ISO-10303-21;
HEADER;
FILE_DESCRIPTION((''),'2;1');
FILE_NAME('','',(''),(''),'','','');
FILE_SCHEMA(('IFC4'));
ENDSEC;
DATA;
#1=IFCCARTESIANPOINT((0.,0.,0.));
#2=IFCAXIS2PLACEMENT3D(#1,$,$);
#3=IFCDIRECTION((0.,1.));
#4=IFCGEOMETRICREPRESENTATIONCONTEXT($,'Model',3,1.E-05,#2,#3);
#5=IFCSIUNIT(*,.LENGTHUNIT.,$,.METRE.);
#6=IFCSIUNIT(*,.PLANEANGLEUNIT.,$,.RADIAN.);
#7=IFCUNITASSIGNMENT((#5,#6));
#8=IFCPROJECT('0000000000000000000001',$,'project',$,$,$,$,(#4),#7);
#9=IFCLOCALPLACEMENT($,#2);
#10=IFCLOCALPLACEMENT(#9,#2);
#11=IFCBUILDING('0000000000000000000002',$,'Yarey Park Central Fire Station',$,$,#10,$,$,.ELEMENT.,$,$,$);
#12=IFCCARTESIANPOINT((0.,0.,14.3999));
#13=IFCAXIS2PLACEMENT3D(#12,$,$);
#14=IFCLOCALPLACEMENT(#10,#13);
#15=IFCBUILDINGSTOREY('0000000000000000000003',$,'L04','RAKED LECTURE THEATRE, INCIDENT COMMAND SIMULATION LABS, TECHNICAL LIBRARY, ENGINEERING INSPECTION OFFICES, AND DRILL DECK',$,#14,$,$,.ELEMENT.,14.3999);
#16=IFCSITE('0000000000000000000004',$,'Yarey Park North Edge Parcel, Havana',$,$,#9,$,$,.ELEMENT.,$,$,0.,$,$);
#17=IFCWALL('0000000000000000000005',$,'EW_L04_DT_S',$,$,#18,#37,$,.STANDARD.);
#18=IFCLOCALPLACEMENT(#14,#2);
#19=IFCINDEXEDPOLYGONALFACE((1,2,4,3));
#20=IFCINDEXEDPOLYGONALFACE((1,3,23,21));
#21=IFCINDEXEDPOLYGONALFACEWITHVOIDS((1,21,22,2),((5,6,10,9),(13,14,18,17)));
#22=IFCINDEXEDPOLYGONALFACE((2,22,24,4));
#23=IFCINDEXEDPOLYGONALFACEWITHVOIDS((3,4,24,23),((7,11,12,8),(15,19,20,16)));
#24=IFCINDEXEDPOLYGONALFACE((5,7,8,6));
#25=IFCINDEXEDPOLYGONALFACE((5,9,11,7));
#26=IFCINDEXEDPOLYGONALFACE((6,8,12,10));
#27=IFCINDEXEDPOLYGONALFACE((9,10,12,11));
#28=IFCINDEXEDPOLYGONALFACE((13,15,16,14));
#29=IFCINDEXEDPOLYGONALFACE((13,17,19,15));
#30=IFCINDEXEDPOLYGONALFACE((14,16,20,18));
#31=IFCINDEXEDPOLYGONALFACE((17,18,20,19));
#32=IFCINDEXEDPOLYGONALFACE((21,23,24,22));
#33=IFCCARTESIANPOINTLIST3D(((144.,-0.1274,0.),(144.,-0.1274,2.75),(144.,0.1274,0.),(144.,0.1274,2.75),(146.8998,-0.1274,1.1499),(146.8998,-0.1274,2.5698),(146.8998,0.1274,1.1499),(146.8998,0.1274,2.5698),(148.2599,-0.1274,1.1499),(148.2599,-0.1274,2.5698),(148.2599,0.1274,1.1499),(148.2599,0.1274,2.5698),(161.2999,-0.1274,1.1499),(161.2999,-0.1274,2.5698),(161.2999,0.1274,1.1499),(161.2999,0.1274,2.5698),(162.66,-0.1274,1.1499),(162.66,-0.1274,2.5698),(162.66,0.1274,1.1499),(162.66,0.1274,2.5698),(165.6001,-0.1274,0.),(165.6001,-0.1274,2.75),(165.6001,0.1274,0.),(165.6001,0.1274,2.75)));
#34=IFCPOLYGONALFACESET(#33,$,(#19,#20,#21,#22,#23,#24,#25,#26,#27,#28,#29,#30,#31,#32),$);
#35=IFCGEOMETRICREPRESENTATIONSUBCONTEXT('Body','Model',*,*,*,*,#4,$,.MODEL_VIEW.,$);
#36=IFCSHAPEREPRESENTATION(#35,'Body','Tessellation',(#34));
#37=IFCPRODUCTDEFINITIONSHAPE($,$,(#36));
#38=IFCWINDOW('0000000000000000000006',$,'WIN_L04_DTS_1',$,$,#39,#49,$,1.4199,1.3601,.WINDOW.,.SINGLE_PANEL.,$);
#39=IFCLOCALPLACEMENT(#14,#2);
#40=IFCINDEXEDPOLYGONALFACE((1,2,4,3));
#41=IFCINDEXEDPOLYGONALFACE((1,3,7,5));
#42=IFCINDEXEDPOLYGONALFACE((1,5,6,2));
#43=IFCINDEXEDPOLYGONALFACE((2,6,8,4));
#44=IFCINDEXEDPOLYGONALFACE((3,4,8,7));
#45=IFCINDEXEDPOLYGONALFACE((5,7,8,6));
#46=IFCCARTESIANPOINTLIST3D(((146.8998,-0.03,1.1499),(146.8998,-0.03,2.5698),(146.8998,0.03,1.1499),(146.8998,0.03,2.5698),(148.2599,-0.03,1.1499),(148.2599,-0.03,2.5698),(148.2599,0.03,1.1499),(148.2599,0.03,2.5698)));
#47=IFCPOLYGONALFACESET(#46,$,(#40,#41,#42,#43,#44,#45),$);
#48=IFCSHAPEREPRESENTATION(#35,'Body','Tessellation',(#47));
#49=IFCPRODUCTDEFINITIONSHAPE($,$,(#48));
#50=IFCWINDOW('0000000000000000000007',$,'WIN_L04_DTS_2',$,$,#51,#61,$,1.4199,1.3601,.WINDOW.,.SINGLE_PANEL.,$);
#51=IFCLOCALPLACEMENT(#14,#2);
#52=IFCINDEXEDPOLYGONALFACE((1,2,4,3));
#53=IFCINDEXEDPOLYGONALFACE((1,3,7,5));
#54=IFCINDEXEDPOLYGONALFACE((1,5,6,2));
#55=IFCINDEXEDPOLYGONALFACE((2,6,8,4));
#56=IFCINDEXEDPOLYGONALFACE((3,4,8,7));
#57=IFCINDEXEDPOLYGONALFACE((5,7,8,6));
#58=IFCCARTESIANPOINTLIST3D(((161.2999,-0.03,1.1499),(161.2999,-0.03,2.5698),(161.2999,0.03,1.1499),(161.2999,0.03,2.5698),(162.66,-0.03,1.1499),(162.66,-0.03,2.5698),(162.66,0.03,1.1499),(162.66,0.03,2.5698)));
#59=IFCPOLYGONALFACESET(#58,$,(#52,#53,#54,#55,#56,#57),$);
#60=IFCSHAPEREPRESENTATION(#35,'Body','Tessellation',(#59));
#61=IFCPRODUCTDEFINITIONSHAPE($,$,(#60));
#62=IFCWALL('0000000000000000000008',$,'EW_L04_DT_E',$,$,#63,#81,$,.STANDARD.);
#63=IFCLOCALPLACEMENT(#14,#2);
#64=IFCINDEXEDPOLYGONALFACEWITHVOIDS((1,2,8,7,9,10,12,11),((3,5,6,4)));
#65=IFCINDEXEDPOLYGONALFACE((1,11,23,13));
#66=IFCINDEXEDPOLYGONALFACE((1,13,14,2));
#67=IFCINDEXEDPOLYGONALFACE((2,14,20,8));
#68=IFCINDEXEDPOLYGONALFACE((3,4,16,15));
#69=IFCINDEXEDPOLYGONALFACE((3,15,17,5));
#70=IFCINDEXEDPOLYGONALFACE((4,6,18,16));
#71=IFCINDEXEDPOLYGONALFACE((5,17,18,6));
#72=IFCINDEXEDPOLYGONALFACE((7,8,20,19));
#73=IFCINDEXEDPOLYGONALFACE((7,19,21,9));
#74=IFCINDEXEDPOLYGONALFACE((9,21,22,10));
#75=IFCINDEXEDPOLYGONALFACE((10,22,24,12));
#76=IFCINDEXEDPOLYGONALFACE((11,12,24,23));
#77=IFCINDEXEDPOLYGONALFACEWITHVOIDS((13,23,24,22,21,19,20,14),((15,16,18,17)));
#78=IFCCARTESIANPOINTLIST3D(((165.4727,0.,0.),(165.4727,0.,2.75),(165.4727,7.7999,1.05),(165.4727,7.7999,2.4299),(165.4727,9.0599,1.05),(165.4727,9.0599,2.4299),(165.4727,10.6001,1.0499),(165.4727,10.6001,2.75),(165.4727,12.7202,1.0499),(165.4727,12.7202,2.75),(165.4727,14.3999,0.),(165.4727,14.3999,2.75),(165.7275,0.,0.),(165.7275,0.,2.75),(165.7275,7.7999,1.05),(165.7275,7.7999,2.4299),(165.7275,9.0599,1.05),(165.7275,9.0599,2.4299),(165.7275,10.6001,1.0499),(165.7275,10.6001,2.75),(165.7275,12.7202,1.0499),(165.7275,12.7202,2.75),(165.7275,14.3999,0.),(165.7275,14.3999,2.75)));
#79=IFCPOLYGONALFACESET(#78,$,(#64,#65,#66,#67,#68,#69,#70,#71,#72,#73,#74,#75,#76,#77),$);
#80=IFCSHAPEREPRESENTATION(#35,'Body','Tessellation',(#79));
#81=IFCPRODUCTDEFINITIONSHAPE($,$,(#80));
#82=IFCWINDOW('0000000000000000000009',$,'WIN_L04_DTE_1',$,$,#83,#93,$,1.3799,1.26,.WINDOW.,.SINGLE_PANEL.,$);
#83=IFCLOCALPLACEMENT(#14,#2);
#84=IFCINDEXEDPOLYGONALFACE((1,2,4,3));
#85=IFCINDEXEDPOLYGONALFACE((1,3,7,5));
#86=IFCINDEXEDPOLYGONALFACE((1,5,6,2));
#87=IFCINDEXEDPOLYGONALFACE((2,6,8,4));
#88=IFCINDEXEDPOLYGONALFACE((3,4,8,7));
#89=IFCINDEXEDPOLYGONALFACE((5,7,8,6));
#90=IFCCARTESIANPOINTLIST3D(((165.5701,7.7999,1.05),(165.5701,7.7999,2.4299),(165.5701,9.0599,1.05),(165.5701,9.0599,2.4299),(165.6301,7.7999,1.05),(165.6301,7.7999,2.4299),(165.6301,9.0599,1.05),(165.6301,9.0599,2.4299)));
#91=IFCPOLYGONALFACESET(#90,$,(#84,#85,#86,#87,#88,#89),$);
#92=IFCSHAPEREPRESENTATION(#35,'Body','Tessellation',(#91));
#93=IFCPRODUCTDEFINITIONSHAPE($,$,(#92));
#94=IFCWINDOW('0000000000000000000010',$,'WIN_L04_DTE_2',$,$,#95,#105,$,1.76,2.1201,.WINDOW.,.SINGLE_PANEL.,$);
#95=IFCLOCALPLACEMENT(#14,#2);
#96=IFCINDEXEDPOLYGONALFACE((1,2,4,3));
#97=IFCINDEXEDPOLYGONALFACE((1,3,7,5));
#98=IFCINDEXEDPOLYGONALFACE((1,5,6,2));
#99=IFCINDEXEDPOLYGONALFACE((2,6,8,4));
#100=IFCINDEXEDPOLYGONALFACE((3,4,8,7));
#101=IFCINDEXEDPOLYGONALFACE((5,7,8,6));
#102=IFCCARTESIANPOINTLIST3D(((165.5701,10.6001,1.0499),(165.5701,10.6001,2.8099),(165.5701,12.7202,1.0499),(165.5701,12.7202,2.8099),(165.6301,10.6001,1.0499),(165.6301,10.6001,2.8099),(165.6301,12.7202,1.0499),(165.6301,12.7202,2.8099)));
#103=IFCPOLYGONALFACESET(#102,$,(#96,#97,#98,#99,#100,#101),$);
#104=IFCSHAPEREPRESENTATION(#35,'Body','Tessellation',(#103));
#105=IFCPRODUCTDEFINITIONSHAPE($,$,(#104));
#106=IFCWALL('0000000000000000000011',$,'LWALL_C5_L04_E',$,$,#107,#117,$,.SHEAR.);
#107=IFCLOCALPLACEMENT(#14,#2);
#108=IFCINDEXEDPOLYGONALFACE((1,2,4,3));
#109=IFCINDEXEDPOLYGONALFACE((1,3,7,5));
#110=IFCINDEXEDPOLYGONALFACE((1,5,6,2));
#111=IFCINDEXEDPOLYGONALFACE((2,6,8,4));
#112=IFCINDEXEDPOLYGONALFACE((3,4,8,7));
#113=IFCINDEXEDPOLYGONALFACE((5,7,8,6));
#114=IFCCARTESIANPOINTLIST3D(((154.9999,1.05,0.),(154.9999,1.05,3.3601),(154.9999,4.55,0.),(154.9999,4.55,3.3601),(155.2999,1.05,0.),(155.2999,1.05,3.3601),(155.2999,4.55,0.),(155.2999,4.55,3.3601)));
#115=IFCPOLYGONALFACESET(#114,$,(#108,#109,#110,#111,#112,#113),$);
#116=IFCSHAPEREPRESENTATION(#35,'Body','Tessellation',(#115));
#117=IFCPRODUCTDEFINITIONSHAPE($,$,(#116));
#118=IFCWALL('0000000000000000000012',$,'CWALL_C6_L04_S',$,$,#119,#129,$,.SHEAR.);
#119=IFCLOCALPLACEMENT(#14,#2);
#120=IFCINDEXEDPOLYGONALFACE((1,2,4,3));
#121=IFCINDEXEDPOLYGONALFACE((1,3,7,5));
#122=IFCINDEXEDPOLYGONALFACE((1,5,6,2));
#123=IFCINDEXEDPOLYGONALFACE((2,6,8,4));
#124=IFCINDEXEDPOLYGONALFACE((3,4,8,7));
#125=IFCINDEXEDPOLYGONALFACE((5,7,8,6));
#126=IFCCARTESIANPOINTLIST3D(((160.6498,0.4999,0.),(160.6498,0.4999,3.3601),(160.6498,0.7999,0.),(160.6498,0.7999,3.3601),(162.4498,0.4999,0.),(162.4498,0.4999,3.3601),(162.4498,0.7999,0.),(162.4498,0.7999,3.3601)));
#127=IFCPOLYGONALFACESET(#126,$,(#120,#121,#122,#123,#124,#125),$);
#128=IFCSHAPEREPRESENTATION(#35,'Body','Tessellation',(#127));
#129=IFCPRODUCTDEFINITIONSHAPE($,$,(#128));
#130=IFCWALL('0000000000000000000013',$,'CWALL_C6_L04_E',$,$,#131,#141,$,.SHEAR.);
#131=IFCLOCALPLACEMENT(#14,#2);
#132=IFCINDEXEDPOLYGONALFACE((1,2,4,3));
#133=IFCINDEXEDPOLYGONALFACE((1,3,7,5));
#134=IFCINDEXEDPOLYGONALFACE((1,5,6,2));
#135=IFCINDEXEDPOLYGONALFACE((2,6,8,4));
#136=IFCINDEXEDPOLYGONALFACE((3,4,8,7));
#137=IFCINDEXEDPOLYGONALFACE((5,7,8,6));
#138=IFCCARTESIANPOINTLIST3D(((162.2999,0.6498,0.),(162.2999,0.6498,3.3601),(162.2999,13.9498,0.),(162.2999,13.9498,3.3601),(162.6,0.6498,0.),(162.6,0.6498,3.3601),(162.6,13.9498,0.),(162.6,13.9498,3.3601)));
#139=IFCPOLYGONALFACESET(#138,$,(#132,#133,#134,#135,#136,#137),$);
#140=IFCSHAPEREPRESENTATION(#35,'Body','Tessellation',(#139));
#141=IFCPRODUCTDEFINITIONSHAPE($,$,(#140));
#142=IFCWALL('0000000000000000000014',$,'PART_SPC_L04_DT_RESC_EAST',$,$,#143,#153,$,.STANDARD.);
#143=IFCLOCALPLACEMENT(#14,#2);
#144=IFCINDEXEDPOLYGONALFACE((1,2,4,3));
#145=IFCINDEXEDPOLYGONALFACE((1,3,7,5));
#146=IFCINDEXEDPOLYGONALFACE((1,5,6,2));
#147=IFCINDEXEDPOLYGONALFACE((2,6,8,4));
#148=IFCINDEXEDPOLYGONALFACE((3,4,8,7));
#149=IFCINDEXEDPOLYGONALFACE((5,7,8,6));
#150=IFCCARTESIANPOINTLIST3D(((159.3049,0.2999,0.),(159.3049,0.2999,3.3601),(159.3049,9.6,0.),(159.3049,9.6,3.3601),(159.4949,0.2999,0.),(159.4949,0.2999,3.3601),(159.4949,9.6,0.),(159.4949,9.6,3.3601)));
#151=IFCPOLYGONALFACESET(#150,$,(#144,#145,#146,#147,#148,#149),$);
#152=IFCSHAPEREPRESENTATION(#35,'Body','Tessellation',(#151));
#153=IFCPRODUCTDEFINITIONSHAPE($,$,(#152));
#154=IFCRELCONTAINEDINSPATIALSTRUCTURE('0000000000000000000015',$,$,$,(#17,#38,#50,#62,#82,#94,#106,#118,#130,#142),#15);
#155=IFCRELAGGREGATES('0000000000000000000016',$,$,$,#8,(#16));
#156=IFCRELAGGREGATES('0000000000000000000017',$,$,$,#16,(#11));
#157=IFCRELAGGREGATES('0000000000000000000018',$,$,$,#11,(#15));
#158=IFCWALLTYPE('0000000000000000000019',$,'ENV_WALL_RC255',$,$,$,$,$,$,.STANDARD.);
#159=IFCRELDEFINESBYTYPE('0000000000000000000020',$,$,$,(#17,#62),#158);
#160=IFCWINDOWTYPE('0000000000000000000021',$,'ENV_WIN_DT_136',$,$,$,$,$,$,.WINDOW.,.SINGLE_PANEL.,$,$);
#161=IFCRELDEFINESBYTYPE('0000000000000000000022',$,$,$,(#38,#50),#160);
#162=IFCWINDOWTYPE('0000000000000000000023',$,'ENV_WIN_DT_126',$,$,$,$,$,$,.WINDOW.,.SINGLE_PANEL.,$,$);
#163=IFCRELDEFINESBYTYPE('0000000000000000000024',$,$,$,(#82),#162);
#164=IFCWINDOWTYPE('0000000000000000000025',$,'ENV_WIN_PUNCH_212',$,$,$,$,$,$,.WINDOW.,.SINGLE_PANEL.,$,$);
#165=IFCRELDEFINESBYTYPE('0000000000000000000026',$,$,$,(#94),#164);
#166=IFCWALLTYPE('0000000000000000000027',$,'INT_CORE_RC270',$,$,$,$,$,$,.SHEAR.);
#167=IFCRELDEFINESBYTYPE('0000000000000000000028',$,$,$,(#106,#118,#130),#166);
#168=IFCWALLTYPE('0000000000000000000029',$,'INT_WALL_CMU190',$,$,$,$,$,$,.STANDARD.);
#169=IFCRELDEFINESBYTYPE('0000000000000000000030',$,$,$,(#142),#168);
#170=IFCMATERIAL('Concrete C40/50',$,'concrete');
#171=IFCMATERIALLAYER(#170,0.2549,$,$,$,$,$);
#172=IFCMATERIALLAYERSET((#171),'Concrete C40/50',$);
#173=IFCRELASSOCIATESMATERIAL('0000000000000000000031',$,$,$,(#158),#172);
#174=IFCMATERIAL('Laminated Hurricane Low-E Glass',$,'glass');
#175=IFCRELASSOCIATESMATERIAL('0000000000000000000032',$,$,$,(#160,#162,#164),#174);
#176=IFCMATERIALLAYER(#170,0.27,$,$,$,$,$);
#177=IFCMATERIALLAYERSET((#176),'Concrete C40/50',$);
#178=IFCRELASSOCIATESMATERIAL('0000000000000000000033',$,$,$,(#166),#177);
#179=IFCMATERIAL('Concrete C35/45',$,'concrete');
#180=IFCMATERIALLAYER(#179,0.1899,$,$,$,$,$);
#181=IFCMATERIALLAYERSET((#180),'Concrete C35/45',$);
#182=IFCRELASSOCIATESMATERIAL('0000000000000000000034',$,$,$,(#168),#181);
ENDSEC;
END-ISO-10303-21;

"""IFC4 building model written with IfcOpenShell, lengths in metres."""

from ifc_helpers import new_model, si_unit, direction, frame, frame_2d, origin, place, context, subcontext, project, spatial, rectangle, extrude, material, layer, layer_set, type_object, element, fill, save


model = new_model("IFC4")

# Units and contexts
model_context = context("Model", 3, precision=1e-05, world=origin(), true_north=direction((0.0, 1.0)))
body_context = subcontext(model_context, "Body", "Model", "MODEL_VIEW")
ifc_project = project(units=[si_unit("LENGTHUNIT", "METRE"), si_unit("PLANEANGLEUNIT", "RADIAN")], contexts=[model_context])

# Site, building, storey
site_placement = place(None, origin())
site = spatial("IfcSite", under=ifc_project, at=site_placement, Name="Yarey Park North Edge Parcel, Havana", CompositionType="ELEMENT", RefElevation=0.0)
building_placement = place(site_placement, origin())
building = spatial("IfcBuilding", under=site, at=building_placement, Name="Yarey Park Central Fire Station", CompositionType="ELEMENT")
storey_placement = place(building_placement, frame((0.0, 0.0, 14.3999)))
storey = spatial("IfcBuildingStorey", under=building, at=storey_placement, Name="L04", Description="RAKED LECTURE THEATRE, INCIDENT COMMAND SIMULATION LABS, TECHNICAL LIBRARY, ENGINEERING INSPECTION OFFICES, AND DRILL DECK", CompositionType="ELEMENT", Elevation=14.3999)

# Walls, openings, windows
ifc_material_1 = material(Name="Concrete C40/50", Category="concrete")
ifc_layer_1 = layer(ifc_material_1, 0.2549)
ifc_layer_set_1 = layer_set([ifc_layer_1], Name="Concrete C40/50")
wall_type_1 = type_object("IfcWallType", Name="ENV_WALL_RC255", PredefinedType="STANDARD", material=ifc_layer_set_1)
wall_1_placement = place(storey_placement, frame((165.6001, 0.0, 0.0), z_axis=(0.0, 0.0, 1.0), x_axis=(-1.0, 0.0, 0.0)))
wall_1 = element("IfcWall", 1, at=wall_1_placement, inside=storey, type_object=wall_type_1, Name="EW_L04_DT_S", PredefinedType="STANDARD", context=body_context, shape_type="SweptSolid", body=[
    extrude(rectangle(XDim=21.6001, YDim=0.2549, at=frame_2d((10.8, 0.0))), origin(), (0.0, 0.0, 1.0), 2.75),
])
opening_1_placement = place(wall_1_placement, frame((17.3401, 0.0, 1.1499)))
opening_1 = element("IfcOpeningElement", 2, at=opening_1_placement, cuts=wall_1, PredefinedType="OPENING", context=body_context, shape_type="SweptSolid", body=[
    extrude(rectangle(XDim=1.3601, YDim=1.4199, at=frame_2d((0.6802, 0.71))), frame((0.0, 0.1375, 0.0), z_axis=(0.0, -1.0, 0.0), x_axis=(1.0, 0.0, 0.0)), (0.0, 0.0, 1.0), 0.2749),
])
opening_2_placement = place(wall_1_placement, frame((2.9399, 0.0, 1.1499)))
opening_2 = element("IfcOpeningElement", 3, at=opening_2_placement, cuts=wall_1, PredefinedType="OPENING", context=body_context, shape_type="SweptSolid", body=[
    extrude(rectangle(XDim=1.3601, YDim=1.4199, at=frame_2d((0.6802, 0.71))), frame((0.0, 0.1375, 0.0), z_axis=(0.0, -1.0, 0.0), x_axis=(1.0, 0.0, 0.0)), (0.0, 0.0, 1.0), 0.2749),
])
ifc_material_2 = material(Name="Laminated Hurricane Low-E Glass", Category="glass")
window_type_1 = type_object("IfcWindowType", Name="ENV_WIN_DT_136", PartitioningType="SINGLE_PANEL", PredefinedType="WINDOW", material=ifc_material_2)
window_1_placement = place(opening_1_placement, origin())
window_1 = element("IfcWindow", 4, at=window_1_placement, inside=storey, type_object=window_type_1, Name="WIN_L04_DTS_1", OverallHeight=1.4199, OverallWidth=1.3601, PartitioningType="SINGLE_PANEL", PredefinedType="WINDOW", context=body_context, shape_type="SweptSolid", body=[
    extrude(rectangle(XDim=1.3601, YDim=1.4199, at=frame_2d((0.6802, 0.71))), frame((0.0, 0.03, 0.0), z_axis=(0.0, -1.0, 0.0), x_axis=(1.0, 0.0, 0.0)), (0.0, 0.0, 1.0), 0.0601),
])
fill(opening_1, window_1)
window_2_placement = place(opening_2_placement, origin())
window_2 = element("IfcWindow", 5, at=window_2_placement, inside=storey, type_object=window_type_1, Name="WIN_L04_DTS_2", OverallHeight=1.4199, OverallWidth=1.3601, PartitioningType="SINGLE_PANEL", PredefinedType="WINDOW", context=body_context, shape_type="SweptSolid", body=[
    extrude(rectangle(XDim=1.3601, YDim=1.4199, at=frame_2d((0.6802, 0.71))), frame((0.0, 0.03, 0.0), z_axis=(0.0, -1.0, 0.0), x_axis=(1.0, 0.0, 0.0)), (0.0, 0.0, 1.0), 0.0601),
])
fill(opening_2, window_2)
wall_2_placement = place(storey_placement, frame((165.6001, 0.0, 0.0), z_axis=(0.0, 0.0, 1.0), x_axis=(0.0, 1.0, 0.0)))
wall_2 = element("IfcWall", 6, at=wall_2_placement, inside=storey, type_object=wall_type_1, Name="EW_L04_DT_E", PredefinedType="STANDARD", context=body_context, shape_type="SweptSolid", body=[
    extrude(rectangle(XDim=14.3999, YDim=0.2549, at=frame_2d((7.2, 0.0))), origin(), (0.0, 0.0, 1.0), 2.75),
])
opening_3_placement = place(wall_2_placement, frame((7.8, 0.0, 1.05)))
opening_3 = element("IfcOpeningElement", 7, at=opening_3_placement, cuts=wall_2, PredefinedType="OPENING", context=body_context, shape_type="SweptSolid", body=[
    extrude(rectangle(XDim=1.26, YDim=1.3799, at=frame_2d((0.6299, 0.6899))), frame((0.0, 0.1375, 0.0), z_axis=(0.0, -1.0, 0.0), x_axis=(1.0, 0.0, 0.0)), (0.0, 0.0, 1.0), 0.2749),
])
opening_4_placement = place(wall_2_placement, frame((10.6001, 0.0, 1.05)))
opening_4 = element("IfcOpeningElement", 8, at=opening_4_placement, cuts=wall_2, PredefinedType="OPENING", context=body_context, shape_type="SweptSolid", body=[
    extrude(rectangle(XDim=2.1201, YDim=1.76, at=frame_2d((1.0601, 0.8799))), frame((0.0, 0.1375, 0.0), z_axis=(0.0, -1.0, 0.0), x_axis=(1.0, 0.0, 0.0)), (0.0, 0.0, 1.0), 0.2749),
])
window_type_2 = type_object("IfcWindowType", Name="ENV_WIN_DT_126", PartitioningType="SINGLE_PANEL", PredefinedType="WINDOW", material=ifc_material_2)
window_3_placement = place(opening_3_placement, origin())
window_3 = element("IfcWindow", 9, at=window_3_placement, inside=storey, type_object=window_type_2, Name="WIN_L04_DTE_1", OverallHeight=1.3799, OverallWidth=1.26, PartitioningType="SINGLE_PANEL", PredefinedType="WINDOW", context=body_context, shape_type="SweptSolid", body=[
    extrude(rectangle(XDim=1.26, YDim=1.3799, at=frame_2d((0.6299, 0.6899))), frame((0.0, 0.03, 0.0), z_axis=(0.0, -1.0, 0.0), x_axis=(1.0, 0.0, 0.0)), (0.0, 0.0, 1.0), 0.0601),
])
fill(opening_3, window_3)
window_type_3 = type_object("IfcWindowType", Name="ENV_WIN_PUNCH_212", PartitioningType="SINGLE_PANEL", PredefinedType="WINDOW", material=ifc_material_2)
window_4_placement = place(opening_4_placement, origin())
window_4 = element("IfcWindow", 10, at=window_4_placement, inside=storey, type_object=window_type_3, Name="WIN_L04_DTE_2", OverallHeight=1.76, OverallWidth=2.1201, PartitioningType="SINGLE_PANEL", PredefinedType="WINDOW", context=body_context, shape_type="SweptSolid", body=[
    extrude(rectangle(XDim=2.1201, YDim=1.76, at=frame_2d((1.0601, 0.8799))), frame((0.0, 0.03, 0.0), z_axis=(0.0, -1.0, 0.0), x_axis=(1.0, 0.0, 0.0)), (0.0, 0.0, 1.0), 0.0601),
])
fill(opening_4, window_4)

# Walls
ifc_layer_2 = layer(ifc_material_1, 0.27)
ifc_layer_set_2 = layer_set([ifc_layer_2], Name="Concrete C40/50")
wall_type_2 = type_object("IfcWallType", Name="INT_CORE_RC270", PredefinedType="SHEAR", material=ifc_layer_set_2)
wall_3_placement = place(storey_placement, frame((155.1499, 1.05, 0.0), z_axis=(0.0, 0.0, 1.0), x_axis=(0.0, 1.0, 0.0)))
element("IfcWall", 11, at=wall_3_placement, inside=storey, type_object=wall_type_2, Name="LWALL_C5_L04_E", PredefinedType="SHEAR", context=body_context, shape_type="SweptSolid", body=[
    extrude(rectangle(XDim=3.5, YDim=0.3, at=frame_2d((1.75, 0.0))), origin(), (0.0, 0.0, 1.0), 3.3601),
])
wall_4_placement = place(storey_placement, frame((160.6499, 0.6499, 0.0), z_axis=(0.0, 0.0, 1.0), x_axis=(1.0, 0.0, 0.0)))
element("IfcWall", 12, at=wall_4_placement, inside=storey, type_object=wall_type_2, Name="CWALL_C6_L04_S", PredefinedType="SHEAR", context=body_context, shape_type="SweptSolid", body=[
    extrude(rectangle(XDim=1.8, YDim=0.3, at=frame_2d((0.8999, 0.0))), origin(), (0.0, 0.0, 1.0), 3.3601),
])
wall_5_placement = place(storey_placement, frame((162.45, 0.6499, 0.0), z_axis=(0.0, 0.0, 1.0), x_axis=(0.0, 1.0, 0.0)))
element("IfcWall", 13, at=wall_5_placement, inside=storey, type_object=wall_type_2, Name="CWALL_C6_L04_E", PredefinedType="SHEAR", context=body_context, shape_type="SweptSolid", body=[
    extrude(rectangle(XDim=13.3, YDim=0.3, at=frame_2d((6.6499, 0.0))), origin(), (0.0, 0.0, 1.0), 3.3601),
])
ifc_material_3 = material(Name="Concrete C35/45", Category="concrete")
ifc_layer_3 = layer(ifc_material_3, 0.1899)
ifc_layer_set_3 = layer_set([ifc_layer_3], Name="Concrete C35/45")
wall_type_3 = type_object("IfcWallType", Name="INT_WALL_CMU190", PredefinedType="STANDARD", material=ifc_layer_set_3)
wall_6_placement = place(storey_placement, frame((159.3999, 0.3, 0.0), z_axis=(0.0, 0.0, 1.0), x_axis=(0.0, 1.0, 0.0)))
element("IfcWall", 14, at=wall_6_placement, inside=storey, type_object=wall_type_3, Name="PART_SPC_L04_DT_RESC_EAST", PredefinedType="STANDARD", context=body_context, shape_type="SweptSolid", body=[
    extrude(rectangle(XDim=9.3, YDim=0.1899, at=frame_2d((4.6499, 0.0))), origin(), (0.0, 0.0, 1.0), 3.3601),
])

save(model, "model.ifc")
